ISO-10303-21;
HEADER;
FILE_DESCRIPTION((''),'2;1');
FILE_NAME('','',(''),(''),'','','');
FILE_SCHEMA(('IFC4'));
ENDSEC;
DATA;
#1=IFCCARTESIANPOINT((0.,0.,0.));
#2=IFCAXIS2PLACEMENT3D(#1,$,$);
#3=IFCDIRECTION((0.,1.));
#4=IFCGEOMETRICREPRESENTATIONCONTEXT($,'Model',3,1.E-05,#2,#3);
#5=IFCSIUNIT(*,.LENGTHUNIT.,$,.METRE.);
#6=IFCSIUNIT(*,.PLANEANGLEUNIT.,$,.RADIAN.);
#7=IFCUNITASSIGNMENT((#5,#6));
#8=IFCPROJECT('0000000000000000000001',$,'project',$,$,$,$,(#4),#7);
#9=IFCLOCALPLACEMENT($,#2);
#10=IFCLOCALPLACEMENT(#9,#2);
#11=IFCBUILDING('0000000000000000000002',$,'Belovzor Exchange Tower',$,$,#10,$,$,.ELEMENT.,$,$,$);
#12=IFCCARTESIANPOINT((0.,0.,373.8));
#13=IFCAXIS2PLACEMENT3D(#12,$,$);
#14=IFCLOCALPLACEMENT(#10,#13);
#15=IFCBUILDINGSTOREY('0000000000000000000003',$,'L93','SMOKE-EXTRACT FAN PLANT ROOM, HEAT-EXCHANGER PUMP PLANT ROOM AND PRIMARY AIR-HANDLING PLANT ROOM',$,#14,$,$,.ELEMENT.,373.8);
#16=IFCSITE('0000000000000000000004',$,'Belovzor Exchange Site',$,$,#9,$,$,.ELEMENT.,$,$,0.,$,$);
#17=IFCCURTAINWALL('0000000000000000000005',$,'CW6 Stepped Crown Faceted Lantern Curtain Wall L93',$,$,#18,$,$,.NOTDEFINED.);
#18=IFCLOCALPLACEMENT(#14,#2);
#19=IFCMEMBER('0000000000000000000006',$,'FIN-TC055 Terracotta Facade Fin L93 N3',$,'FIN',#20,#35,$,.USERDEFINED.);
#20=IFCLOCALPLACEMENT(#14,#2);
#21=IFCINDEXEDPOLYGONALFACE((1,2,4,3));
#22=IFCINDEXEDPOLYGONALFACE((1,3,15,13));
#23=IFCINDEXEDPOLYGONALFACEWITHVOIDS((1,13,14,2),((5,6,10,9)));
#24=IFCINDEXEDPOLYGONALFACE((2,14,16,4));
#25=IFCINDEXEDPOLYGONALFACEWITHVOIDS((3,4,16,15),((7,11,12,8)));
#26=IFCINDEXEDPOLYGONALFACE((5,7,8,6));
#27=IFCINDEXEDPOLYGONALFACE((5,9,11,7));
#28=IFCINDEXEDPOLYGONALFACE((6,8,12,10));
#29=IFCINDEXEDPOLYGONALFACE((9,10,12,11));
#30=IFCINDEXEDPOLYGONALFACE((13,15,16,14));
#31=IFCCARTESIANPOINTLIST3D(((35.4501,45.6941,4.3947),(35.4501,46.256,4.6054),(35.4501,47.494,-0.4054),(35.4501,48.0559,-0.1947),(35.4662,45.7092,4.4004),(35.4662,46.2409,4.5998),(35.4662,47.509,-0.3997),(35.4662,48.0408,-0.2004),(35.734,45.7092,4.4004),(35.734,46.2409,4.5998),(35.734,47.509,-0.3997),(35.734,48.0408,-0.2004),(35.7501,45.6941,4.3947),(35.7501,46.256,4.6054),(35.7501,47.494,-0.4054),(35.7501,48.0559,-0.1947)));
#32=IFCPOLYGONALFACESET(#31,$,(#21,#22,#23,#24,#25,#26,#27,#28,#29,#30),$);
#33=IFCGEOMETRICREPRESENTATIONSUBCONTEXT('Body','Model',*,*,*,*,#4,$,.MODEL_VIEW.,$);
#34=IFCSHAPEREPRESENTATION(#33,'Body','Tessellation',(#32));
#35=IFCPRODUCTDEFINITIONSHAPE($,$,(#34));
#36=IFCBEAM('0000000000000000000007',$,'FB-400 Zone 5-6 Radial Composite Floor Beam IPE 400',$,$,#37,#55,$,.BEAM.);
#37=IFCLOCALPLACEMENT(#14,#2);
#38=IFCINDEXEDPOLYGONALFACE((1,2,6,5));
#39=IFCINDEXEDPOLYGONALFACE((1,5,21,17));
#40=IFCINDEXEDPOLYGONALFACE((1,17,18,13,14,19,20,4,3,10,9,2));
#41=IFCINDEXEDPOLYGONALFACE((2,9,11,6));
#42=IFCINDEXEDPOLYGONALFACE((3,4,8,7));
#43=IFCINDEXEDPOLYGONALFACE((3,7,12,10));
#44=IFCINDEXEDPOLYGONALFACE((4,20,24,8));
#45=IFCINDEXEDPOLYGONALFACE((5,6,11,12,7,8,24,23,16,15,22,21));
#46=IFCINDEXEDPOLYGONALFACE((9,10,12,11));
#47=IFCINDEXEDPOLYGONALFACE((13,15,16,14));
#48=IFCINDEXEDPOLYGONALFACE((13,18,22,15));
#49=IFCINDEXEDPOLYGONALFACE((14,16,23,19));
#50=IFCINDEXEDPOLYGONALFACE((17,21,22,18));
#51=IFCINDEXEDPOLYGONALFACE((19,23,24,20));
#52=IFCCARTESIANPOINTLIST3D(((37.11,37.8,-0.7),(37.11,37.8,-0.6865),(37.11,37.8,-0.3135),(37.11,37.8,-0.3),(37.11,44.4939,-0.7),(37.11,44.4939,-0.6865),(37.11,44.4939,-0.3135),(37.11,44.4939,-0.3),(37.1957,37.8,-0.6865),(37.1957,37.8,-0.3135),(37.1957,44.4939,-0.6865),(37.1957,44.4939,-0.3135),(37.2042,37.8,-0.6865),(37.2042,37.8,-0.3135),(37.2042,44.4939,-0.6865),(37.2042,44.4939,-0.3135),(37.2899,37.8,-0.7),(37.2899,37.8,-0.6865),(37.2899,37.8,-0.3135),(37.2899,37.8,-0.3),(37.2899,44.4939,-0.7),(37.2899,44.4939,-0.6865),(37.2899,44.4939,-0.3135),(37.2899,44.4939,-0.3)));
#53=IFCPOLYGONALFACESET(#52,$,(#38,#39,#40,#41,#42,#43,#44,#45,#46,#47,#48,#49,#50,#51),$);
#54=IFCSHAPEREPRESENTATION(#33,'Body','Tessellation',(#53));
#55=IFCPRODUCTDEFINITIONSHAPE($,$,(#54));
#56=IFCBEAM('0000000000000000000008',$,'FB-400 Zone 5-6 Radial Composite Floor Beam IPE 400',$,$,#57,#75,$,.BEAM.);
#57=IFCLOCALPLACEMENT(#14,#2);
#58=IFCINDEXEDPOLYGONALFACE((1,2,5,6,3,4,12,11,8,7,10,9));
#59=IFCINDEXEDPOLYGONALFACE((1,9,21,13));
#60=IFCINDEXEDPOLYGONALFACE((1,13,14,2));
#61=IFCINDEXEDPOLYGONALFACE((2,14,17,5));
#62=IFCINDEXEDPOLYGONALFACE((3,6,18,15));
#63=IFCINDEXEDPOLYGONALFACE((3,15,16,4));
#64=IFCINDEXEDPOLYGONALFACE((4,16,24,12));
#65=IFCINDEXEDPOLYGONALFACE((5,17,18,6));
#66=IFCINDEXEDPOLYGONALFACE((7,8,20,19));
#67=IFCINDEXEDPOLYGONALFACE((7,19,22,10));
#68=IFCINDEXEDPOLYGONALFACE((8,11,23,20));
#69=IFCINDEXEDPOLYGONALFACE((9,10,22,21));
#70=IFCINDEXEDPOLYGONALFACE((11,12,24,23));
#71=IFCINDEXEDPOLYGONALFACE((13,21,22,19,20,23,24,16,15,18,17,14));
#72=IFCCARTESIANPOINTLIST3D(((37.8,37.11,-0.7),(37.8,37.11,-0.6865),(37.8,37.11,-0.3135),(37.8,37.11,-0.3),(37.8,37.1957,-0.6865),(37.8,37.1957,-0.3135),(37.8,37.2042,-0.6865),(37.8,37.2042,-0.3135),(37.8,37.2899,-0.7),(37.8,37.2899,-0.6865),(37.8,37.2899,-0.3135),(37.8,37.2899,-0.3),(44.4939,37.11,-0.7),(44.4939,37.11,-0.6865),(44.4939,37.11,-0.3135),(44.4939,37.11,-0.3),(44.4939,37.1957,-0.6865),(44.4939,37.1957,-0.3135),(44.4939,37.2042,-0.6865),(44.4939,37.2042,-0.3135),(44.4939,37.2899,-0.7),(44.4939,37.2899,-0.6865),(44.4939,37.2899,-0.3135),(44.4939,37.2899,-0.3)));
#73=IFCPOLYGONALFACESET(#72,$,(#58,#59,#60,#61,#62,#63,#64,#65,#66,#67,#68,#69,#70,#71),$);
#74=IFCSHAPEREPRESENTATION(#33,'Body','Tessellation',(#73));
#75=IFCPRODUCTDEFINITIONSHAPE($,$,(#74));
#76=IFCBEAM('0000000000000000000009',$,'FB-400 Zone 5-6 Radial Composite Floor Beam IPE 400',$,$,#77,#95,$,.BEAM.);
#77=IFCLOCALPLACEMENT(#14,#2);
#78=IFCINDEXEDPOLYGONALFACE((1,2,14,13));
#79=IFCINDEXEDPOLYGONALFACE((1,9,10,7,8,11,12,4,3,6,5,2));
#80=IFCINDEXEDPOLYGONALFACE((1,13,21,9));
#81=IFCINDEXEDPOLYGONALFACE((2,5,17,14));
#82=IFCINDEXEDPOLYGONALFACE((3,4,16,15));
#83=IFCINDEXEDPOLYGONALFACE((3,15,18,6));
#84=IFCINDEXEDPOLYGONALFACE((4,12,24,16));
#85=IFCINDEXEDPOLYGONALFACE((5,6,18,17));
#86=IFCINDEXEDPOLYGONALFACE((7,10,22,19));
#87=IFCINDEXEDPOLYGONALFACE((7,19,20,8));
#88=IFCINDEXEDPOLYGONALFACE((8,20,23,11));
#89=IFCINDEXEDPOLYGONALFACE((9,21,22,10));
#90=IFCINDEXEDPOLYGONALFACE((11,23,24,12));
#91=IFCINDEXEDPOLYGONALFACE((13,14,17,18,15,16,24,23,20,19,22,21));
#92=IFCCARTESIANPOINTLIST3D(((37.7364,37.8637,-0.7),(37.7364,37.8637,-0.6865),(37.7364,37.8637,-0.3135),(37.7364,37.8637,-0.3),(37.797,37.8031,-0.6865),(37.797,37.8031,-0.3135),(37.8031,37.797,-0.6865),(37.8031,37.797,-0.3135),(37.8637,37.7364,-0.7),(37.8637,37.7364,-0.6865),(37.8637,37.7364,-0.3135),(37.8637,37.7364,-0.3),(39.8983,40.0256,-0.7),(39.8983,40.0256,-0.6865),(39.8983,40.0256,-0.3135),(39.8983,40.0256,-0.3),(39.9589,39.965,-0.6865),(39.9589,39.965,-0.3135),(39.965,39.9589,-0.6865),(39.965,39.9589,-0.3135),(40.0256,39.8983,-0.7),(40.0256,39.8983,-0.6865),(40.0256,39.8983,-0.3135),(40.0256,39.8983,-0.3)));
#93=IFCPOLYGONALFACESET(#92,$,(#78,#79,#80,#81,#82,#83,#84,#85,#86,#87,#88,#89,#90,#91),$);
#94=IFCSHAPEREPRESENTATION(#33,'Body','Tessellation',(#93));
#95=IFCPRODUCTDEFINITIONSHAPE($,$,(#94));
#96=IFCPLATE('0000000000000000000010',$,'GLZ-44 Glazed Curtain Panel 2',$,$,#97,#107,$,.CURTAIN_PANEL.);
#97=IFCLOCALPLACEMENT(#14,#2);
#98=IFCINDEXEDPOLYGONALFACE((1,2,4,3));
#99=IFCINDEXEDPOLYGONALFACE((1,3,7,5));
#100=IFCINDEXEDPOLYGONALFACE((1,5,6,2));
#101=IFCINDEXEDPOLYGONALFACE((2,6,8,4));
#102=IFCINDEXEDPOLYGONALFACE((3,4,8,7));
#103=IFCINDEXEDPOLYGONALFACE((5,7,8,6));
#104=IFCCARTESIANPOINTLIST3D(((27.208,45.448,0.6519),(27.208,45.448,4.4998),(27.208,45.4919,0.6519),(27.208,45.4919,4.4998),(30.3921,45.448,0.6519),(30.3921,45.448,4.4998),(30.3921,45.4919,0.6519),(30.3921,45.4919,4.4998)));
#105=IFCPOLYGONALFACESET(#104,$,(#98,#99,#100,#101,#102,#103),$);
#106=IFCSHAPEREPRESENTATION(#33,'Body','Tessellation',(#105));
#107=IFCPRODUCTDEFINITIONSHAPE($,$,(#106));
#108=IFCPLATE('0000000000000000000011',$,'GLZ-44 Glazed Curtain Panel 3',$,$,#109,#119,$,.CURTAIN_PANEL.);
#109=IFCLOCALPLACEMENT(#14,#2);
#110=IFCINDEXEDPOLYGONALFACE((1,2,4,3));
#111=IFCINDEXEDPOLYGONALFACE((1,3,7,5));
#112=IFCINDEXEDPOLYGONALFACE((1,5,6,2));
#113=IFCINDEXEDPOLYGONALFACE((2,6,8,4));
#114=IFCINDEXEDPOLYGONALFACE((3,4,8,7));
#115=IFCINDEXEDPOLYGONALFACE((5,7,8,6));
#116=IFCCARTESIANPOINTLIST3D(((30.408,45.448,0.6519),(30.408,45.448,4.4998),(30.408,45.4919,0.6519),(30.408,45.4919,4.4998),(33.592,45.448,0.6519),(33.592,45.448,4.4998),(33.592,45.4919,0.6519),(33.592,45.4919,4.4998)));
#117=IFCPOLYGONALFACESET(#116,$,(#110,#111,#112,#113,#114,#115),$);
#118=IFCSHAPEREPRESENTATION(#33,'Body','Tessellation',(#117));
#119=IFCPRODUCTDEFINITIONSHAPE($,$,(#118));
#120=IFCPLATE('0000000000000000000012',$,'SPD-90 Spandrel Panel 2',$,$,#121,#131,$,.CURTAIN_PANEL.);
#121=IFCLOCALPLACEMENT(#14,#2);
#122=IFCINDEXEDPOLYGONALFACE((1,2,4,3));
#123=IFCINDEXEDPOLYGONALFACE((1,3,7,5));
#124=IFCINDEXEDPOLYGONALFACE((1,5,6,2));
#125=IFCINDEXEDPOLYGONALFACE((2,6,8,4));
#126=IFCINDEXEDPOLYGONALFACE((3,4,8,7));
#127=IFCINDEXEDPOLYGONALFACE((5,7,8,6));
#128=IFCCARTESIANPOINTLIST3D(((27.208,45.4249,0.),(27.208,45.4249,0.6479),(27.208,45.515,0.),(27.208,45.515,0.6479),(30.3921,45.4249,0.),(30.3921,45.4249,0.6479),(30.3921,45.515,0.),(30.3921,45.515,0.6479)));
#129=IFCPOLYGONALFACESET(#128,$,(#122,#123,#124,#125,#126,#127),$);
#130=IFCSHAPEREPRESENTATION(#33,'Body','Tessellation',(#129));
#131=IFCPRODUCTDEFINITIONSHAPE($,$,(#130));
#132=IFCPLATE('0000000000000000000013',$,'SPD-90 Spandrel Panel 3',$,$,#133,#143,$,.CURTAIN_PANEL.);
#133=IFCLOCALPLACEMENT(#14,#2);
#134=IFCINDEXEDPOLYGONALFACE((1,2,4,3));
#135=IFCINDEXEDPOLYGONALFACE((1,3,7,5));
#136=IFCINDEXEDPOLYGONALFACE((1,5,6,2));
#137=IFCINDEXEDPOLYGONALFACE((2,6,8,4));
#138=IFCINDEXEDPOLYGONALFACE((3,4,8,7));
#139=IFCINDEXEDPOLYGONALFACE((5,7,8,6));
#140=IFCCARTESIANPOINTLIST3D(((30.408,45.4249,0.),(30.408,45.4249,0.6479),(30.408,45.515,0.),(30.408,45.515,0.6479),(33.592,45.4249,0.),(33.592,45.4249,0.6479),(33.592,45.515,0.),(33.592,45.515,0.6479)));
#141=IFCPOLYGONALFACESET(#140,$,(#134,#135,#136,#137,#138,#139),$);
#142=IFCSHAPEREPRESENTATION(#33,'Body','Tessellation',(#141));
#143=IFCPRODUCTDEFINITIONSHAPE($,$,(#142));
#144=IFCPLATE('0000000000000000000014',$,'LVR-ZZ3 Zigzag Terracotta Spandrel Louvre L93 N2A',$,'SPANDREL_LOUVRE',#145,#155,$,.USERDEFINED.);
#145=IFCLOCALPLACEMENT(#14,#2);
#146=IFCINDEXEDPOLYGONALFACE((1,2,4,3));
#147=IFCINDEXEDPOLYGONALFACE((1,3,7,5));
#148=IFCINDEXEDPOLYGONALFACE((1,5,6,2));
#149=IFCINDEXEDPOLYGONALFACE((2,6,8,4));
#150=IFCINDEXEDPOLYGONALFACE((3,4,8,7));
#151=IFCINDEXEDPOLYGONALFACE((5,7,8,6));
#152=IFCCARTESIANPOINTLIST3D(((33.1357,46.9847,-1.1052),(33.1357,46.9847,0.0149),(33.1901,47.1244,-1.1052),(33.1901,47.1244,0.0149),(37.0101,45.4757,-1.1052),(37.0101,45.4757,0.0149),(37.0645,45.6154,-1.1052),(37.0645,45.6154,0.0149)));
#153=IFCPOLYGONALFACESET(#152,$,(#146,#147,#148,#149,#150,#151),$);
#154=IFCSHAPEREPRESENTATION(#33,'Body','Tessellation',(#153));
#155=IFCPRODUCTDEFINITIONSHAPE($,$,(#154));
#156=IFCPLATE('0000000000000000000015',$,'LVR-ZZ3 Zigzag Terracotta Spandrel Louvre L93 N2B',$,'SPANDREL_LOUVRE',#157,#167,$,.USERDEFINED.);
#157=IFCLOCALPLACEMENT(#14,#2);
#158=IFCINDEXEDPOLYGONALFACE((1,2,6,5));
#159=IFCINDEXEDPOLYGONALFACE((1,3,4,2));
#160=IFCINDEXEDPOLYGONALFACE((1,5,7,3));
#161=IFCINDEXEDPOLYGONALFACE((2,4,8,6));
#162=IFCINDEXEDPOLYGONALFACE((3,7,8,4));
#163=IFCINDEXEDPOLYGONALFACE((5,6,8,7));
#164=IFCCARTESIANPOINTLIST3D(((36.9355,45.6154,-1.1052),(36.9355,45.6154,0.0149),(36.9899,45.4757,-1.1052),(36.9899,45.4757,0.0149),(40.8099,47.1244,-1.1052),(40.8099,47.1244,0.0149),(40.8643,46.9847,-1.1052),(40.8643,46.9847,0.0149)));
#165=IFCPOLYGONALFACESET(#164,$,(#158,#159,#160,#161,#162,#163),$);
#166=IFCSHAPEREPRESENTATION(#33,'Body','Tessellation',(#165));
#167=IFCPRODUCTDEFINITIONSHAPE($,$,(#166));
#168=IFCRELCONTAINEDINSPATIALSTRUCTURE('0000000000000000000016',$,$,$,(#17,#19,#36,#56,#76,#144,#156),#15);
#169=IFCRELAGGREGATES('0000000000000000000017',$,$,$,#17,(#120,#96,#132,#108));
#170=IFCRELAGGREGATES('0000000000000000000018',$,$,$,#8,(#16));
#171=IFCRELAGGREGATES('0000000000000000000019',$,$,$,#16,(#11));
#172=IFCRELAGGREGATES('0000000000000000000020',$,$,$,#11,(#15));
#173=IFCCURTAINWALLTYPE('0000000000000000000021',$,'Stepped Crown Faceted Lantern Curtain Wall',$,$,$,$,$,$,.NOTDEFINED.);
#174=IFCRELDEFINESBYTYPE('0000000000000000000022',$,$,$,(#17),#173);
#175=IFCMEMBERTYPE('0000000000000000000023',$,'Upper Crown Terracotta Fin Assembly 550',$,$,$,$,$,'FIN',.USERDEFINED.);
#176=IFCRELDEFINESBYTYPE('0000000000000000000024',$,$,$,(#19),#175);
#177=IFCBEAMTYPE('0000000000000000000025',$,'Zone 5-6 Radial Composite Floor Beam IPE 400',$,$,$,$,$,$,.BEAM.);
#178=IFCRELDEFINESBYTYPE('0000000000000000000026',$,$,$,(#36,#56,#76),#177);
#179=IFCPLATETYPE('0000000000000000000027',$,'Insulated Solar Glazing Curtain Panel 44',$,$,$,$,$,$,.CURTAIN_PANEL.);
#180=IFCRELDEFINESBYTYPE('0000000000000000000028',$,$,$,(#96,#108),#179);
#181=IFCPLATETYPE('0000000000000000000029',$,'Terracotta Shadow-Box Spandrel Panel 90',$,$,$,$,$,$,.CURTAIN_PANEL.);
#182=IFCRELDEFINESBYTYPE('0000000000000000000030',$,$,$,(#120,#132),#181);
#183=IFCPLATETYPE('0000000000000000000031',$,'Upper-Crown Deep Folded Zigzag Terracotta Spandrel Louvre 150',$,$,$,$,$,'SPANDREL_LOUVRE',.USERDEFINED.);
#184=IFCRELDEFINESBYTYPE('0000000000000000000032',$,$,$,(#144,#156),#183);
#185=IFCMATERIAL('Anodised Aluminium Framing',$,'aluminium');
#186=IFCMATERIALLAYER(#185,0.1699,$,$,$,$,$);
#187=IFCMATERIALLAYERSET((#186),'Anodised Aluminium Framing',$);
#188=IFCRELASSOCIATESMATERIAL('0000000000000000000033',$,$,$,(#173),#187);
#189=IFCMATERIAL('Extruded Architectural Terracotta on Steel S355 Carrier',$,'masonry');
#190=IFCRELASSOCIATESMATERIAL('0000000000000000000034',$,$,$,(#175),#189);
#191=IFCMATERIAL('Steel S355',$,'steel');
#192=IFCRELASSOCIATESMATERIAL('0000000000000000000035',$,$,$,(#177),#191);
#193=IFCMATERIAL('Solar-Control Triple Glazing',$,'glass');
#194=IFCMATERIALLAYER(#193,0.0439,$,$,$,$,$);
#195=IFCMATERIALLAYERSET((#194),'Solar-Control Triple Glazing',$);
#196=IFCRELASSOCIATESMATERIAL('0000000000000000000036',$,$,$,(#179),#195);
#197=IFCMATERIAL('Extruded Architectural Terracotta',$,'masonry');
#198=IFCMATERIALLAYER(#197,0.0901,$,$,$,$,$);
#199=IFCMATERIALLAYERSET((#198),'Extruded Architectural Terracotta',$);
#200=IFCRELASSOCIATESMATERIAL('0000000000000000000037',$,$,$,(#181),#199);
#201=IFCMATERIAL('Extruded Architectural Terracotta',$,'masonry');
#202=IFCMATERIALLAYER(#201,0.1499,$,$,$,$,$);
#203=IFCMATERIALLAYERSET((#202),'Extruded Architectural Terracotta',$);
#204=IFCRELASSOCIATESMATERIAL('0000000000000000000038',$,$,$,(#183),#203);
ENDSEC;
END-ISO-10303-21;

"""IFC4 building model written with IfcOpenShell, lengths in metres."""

from ifc_helpers import new_model, si_unit, direction, frame, origin, origin_2d, place, context, subcontext, project, spatial, rectangle, hollow_rectangle, i_section, extrude, material, layer, layer_set, material_profile, profile_set, type_object, element, aggregate, save


model = new_model("IFC4")

# Units and contexts
model_context = context("Model", 3, precision=1e-05, world=origin(), true_north=direction((0.0, 1.0)))
body_context = subcontext(model_context, "Body", "Model", "MODEL_VIEW")
ifc_project = project(units=[si_unit("LENGTHUNIT", "METRE"), si_unit("PLANEANGLEUNIT", "RADIAN")], contexts=[model_context])

# Site, building, storey
site_placement = place(None, origin())
site = spatial("IfcSite", under=ifc_project, at=site_placement, Name="Belovzor Exchange Site", CompositionType="ELEMENT", RefElevation=0.0)
building_placement = place(site_placement, origin())
building = spatial("IfcBuilding", under=site, at=building_placement, Name="Belovzor Exchange Tower", CompositionType="ELEMENT")
storey_placement = place(building_placement, frame((0.0, 0.0, 373.8)))
storey = spatial("IfcBuildingStorey", under=building, at=storey_placement, Name="L93", Description="SMOKE-EXTRACT FAN PLANT ROOM, HEAT-EXCHANGER PUMP PLANT ROOM AND PRIMARY AIR-HANDLING PLANT ROOM", CompositionType="ELEMENT", Elevation=373.8)

# Curtain wall
ifc_material_1 = material(Name="Anodised Aluminium Framing", Category="aluminium")
ifc_layer_1 = layer(ifc_material_1, 0.1699)
ifc_layer_set_1 = layer_set([ifc_layer_1], Name="Anodised Aluminium Framing")
curtain_wall_type = type_object("IfcCurtainWallType", Name="Stepped Crown Faceted Lantern Curtain Wall", PredefinedType="NOTDEFINED", material=ifc_layer_set_1)
curtain_wall_placement = place(storey_placement, origin())
curtain_wall = element("IfcCurtainWall", 1, at=curtain_wall_placement, inside=storey, type_object=curtain_wall_type, Name="CW6 Stepped Crown Faceted Lantern Curtain Wall L93", PredefinedType="NOTDEFINED")

# Member
ifc_material_2 = material(Name="Extruded Architectural Terracotta on Steel S355 Carrier", Category="masonry")
ifc_material_profile_1 = material_profile(ifc_material_2, hollow_rectangle(XDim=0.3, YDim=0.6001, WallThickness=0.0161, at=origin_2d()))
ifc_profile_set_1 = profile_set([ifc_material_profile_1], Name="Extruded Architectural Terracotta on Steel S355 Carrier")
member_type_1 = type_object("IfcMemberType", Name="Upper Crown Terracotta Fin Assembly 550", ElementType="FIN", PredefinedType="USERDEFINED", material=ifc_profile_set_1)
member_1_placement = place(storey_placement, frame((35.6001, 47.7749, -0.3), z_axis=(0.0, -0.351087, 0.936343), x_axis=(1.0, 0.0, 0.0)))
element("IfcMember", 2, at=member_1_placement, inside=storey, type_object=member_type_1, Name="FIN-TC055 Terracotta Facade Fin L93 N3", ObjectType="FIN", PredefinedType="USERDEFINED", context=body_context, shape_type="SweptSolid", body=[
    extrude(hollow_rectangle(XDim=0.3, YDim=0.6001, WallThickness=0.0161, at=origin_2d()), origin(), (0.0, 0.0, 1.0), 5.1265),
])

# Beams
ifc_material_3 = material(Name="Steel S355", Category="steel")
ifc_material_profile_2 = material_profile(ifc_material_3, i_section(OverallWidth=0.1799, OverallDepth=0.3999, WebThickness=0.0085, FlangeThickness=0.0134, at=origin_2d()))
ifc_profile_set_2 = profile_set([ifc_material_profile_2], Name="Steel S355")
beam_type_1 = type_object("IfcBeamType", Name="Zone 5-6 Radial Composite Floor Beam IPE 400", PredefinedType="BEAM", material=ifc_profile_set_2)
for number, where, z_axis, x_axis, name in (
    (3, (37.2, 37.8, -0.5), (0.0, 1.0, 0.0), (-1.0, 0.0, 0.0), "FB-400 Zone 5-6 Radial Composite Floor Beam IPE 400"),
    (4, (37.8, 37.2, -0.5), (1.0, 0.0, 0.0), (0.0, 1.0, 0.0), "FB-400 Zone 5-6 Radial Composite Floor Beam IPE 400"),
):
    element("IfcBeam", number, at=place(storey_placement, frame(where, z_axis=z_axis, x_axis=x_axis)), inside=storey, type_object=beam_type_1, Name=name, PredefinedType="BEAM", context=body_context, shape_type="SweptSolid", body=[
        extrude(i_section(OverallWidth=0.1799, OverallDepth=0.3999, WebThickness=0.0085, FlangeThickness=0.0134, at=origin_2d()), origin(), (0.0, 0.0, 1.0), 6.6938),
    ])
beam_1_placement = place(storey_placement, frame((37.8, 37.8, -0.5), z_axis=(0.707107, 0.707107, 0.0), x_axis=(-0.707107, 0.707107, 0.0)))
element("IfcBeam", 5, at=beam_1_placement, inside=storey, type_object=beam_type_1, Name="FB-400 Zone 5-6 Radial Composite Floor Beam IPE 400", PredefinedType="BEAM", context=body_context, shape_type="SweptSolid", body=[
    extrude(i_section(OverallWidth=0.1799, OverallDepth=0.3999, WebThickness=0.0085, FlangeThickness=0.0134, at=origin_2d()), origin(), (0.0, 0.0, 1.0), 3.0574),
])

# Plates
ifc_material_4 = material(Name="Solar-Control Triple Glazing", Category="glass")
ifc_layer_2 = layer(ifc_material_4, 0.0439)
ifc_layer_set_2 = layer_set([ifc_layer_2], Name="Solar-Control Triple Glazing")
plate_type_1 = type_object("IfcPlateType", Name="Insulated Solar Glazing Curtain Panel 44", PredefinedType="CURTAIN_PANEL", material=ifc_layer_set_2)
plate_1_placement = place(storey_placement, frame((28.8, 45.47, 0.6519), z_axis=(0.0, 0.0, 1.0), x_axis=(1.0, 0.0, 0.0)))
plate_1 = element("IfcPlate", 6, at=plate_1_placement, type_object=plate_type_1, Name="GLZ-44 Glazed Curtain Panel 2", PredefinedType="CURTAIN_PANEL", context=body_context, shape_type="SweptSolid", body=[
    extrude(rectangle(XDim=3.1841, YDim=0.0439, at=origin_2d()), origin(), (0.0, 0.0, 1.0), 3.8479),
])
plate_2_placement = place(storey_placement, frame((32.0, 45.47, 0.6519), z_axis=(0.0, 0.0, 1.0), x_axis=(1.0, 0.0, 0.0)))
plate_2 = element("IfcPlate", 7, at=plate_2_placement, type_object=plate_type_1, Name="GLZ-44 Glazed Curtain Panel 3", PredefinedType="CURTAIN_PANEL", context=body_context, shape_type="SweptSolid", body=[
    extrude(rectangle(XDim=3.1841, YDim=0.0439, at=origin_2d()), origin(), (0.0, 0.0, 1.0), 3.8479),
])
ifc_material_5 = material(Name="Extruded Architectural Terracotta", Category="masonry")
ifc_layer_3 = layer(ifc_material_5, 0.0901)
ifc_layer_set_3 = layer_set([ifc_layer_3], Name="Extruded Architectural Terracotta")
plate_type_2 = type_object("IfcPlateType", Name="Terracotta Shadow-Box Spandrel Panel 90", PredefinedType="CURTAIN_PANEL", material=ifc_layer_set_3)
plate_3_placement = place(storey_placement, frame((28.8, 45.47, 0.0), z_axis=(0.0, 0.0, 1.0), x_axis=(1.0, 0.0, 0.0)))
plate_3 = element("IfcPlate", 8, at=plate_3_placement, type_object=plate_type_2, Name="SPD-90 Spandrel Panel 2", PredefinedType="CURTAIN_PANEL", context=body_context, shape_type="SweptSolid", body=[
    extrude(rectangle(XDim=3.1841, YDim=0.0901, at=origin_2d()), origin(), (0.0, 0.0, 1.0), 0.6479),
])
plate_4_placement = place(storey_placement, frame((32.0, 45.47, 0.0), z_axis=(0.0, 0.0, 1.0), x_axis=(1.0, 0.0, 0.0)))
plate_4 = element("IfcPlate", 9, at=plate_4_placement, type_object=plate_type_2, Name="SPD-90 Spandrel Panel 3", PredefinedType="CURTAIN_PANEL", context=body_context, shape_type="SweptSolid", body=[
    extrude(rectangle(XDim=3.1841, YDim=0.0901, at=origin_2d()), origin(), (0.0, 0.0, 1.0), 0.6479),
])
aggregate(curtain_wall, [plate_3, plate_1, plate_4, plate_2])

# Plates
ifc_material_6 = material(Name="Extruded Architectural Terracotta", Category="masonry")
ifc_layer_4 = layer(ifc_material_6, 0.1499)
ifc_layer_set_4 = layer_set([ifc_layer_4], Name="Extruded Architectural Terracotta")
plate_type_3 = type_object("IfcPlateType", Name="Upper-Crown Deep Folded Zigzag Terracotta Spandrel Louvre 150", ElementType="SPANDREL_LOUVRE", PredefinedType="USERDEFINED", material=ifc_layer_set_4)
for number, where, z_axis, x_axis, name in (
    (10, (35.1001, 46.3, -1.1052), (0.0, 0.0, 1.0), (0.931818, -0.362926, 0.0), "LVR-ZZ3 Zigzag Terracotta Spandrel Louvre L93 N2A"),
    (11, (38.8999, 46.3, -1.1052), (0.0, 0.0, 1.0), (0.931818, 0.362926, 0.0), "LVR-ZZ3 Zigzag Terracotta Spandrel Louvre L93 N2B"),
):
    element("IfcPlate", number, at=place(storey_placement, frame(where, z_axis=z_axis, x_axis=x_axis)), inside=storey, type_object=plate_type_3, Name=name, ObjectType="SPANDREL_LOUVRE", PredefinedType="USERDEFINED", context=body_context, shape_type="SweptSolid", body=[
        extrude(rectangle(XDim=4.158, YDim=0.1499, at=origin_2d()), origin(), (0.0, 0.0, 1.0), 1.1201),
    ])

save(model, "model.ifc")
